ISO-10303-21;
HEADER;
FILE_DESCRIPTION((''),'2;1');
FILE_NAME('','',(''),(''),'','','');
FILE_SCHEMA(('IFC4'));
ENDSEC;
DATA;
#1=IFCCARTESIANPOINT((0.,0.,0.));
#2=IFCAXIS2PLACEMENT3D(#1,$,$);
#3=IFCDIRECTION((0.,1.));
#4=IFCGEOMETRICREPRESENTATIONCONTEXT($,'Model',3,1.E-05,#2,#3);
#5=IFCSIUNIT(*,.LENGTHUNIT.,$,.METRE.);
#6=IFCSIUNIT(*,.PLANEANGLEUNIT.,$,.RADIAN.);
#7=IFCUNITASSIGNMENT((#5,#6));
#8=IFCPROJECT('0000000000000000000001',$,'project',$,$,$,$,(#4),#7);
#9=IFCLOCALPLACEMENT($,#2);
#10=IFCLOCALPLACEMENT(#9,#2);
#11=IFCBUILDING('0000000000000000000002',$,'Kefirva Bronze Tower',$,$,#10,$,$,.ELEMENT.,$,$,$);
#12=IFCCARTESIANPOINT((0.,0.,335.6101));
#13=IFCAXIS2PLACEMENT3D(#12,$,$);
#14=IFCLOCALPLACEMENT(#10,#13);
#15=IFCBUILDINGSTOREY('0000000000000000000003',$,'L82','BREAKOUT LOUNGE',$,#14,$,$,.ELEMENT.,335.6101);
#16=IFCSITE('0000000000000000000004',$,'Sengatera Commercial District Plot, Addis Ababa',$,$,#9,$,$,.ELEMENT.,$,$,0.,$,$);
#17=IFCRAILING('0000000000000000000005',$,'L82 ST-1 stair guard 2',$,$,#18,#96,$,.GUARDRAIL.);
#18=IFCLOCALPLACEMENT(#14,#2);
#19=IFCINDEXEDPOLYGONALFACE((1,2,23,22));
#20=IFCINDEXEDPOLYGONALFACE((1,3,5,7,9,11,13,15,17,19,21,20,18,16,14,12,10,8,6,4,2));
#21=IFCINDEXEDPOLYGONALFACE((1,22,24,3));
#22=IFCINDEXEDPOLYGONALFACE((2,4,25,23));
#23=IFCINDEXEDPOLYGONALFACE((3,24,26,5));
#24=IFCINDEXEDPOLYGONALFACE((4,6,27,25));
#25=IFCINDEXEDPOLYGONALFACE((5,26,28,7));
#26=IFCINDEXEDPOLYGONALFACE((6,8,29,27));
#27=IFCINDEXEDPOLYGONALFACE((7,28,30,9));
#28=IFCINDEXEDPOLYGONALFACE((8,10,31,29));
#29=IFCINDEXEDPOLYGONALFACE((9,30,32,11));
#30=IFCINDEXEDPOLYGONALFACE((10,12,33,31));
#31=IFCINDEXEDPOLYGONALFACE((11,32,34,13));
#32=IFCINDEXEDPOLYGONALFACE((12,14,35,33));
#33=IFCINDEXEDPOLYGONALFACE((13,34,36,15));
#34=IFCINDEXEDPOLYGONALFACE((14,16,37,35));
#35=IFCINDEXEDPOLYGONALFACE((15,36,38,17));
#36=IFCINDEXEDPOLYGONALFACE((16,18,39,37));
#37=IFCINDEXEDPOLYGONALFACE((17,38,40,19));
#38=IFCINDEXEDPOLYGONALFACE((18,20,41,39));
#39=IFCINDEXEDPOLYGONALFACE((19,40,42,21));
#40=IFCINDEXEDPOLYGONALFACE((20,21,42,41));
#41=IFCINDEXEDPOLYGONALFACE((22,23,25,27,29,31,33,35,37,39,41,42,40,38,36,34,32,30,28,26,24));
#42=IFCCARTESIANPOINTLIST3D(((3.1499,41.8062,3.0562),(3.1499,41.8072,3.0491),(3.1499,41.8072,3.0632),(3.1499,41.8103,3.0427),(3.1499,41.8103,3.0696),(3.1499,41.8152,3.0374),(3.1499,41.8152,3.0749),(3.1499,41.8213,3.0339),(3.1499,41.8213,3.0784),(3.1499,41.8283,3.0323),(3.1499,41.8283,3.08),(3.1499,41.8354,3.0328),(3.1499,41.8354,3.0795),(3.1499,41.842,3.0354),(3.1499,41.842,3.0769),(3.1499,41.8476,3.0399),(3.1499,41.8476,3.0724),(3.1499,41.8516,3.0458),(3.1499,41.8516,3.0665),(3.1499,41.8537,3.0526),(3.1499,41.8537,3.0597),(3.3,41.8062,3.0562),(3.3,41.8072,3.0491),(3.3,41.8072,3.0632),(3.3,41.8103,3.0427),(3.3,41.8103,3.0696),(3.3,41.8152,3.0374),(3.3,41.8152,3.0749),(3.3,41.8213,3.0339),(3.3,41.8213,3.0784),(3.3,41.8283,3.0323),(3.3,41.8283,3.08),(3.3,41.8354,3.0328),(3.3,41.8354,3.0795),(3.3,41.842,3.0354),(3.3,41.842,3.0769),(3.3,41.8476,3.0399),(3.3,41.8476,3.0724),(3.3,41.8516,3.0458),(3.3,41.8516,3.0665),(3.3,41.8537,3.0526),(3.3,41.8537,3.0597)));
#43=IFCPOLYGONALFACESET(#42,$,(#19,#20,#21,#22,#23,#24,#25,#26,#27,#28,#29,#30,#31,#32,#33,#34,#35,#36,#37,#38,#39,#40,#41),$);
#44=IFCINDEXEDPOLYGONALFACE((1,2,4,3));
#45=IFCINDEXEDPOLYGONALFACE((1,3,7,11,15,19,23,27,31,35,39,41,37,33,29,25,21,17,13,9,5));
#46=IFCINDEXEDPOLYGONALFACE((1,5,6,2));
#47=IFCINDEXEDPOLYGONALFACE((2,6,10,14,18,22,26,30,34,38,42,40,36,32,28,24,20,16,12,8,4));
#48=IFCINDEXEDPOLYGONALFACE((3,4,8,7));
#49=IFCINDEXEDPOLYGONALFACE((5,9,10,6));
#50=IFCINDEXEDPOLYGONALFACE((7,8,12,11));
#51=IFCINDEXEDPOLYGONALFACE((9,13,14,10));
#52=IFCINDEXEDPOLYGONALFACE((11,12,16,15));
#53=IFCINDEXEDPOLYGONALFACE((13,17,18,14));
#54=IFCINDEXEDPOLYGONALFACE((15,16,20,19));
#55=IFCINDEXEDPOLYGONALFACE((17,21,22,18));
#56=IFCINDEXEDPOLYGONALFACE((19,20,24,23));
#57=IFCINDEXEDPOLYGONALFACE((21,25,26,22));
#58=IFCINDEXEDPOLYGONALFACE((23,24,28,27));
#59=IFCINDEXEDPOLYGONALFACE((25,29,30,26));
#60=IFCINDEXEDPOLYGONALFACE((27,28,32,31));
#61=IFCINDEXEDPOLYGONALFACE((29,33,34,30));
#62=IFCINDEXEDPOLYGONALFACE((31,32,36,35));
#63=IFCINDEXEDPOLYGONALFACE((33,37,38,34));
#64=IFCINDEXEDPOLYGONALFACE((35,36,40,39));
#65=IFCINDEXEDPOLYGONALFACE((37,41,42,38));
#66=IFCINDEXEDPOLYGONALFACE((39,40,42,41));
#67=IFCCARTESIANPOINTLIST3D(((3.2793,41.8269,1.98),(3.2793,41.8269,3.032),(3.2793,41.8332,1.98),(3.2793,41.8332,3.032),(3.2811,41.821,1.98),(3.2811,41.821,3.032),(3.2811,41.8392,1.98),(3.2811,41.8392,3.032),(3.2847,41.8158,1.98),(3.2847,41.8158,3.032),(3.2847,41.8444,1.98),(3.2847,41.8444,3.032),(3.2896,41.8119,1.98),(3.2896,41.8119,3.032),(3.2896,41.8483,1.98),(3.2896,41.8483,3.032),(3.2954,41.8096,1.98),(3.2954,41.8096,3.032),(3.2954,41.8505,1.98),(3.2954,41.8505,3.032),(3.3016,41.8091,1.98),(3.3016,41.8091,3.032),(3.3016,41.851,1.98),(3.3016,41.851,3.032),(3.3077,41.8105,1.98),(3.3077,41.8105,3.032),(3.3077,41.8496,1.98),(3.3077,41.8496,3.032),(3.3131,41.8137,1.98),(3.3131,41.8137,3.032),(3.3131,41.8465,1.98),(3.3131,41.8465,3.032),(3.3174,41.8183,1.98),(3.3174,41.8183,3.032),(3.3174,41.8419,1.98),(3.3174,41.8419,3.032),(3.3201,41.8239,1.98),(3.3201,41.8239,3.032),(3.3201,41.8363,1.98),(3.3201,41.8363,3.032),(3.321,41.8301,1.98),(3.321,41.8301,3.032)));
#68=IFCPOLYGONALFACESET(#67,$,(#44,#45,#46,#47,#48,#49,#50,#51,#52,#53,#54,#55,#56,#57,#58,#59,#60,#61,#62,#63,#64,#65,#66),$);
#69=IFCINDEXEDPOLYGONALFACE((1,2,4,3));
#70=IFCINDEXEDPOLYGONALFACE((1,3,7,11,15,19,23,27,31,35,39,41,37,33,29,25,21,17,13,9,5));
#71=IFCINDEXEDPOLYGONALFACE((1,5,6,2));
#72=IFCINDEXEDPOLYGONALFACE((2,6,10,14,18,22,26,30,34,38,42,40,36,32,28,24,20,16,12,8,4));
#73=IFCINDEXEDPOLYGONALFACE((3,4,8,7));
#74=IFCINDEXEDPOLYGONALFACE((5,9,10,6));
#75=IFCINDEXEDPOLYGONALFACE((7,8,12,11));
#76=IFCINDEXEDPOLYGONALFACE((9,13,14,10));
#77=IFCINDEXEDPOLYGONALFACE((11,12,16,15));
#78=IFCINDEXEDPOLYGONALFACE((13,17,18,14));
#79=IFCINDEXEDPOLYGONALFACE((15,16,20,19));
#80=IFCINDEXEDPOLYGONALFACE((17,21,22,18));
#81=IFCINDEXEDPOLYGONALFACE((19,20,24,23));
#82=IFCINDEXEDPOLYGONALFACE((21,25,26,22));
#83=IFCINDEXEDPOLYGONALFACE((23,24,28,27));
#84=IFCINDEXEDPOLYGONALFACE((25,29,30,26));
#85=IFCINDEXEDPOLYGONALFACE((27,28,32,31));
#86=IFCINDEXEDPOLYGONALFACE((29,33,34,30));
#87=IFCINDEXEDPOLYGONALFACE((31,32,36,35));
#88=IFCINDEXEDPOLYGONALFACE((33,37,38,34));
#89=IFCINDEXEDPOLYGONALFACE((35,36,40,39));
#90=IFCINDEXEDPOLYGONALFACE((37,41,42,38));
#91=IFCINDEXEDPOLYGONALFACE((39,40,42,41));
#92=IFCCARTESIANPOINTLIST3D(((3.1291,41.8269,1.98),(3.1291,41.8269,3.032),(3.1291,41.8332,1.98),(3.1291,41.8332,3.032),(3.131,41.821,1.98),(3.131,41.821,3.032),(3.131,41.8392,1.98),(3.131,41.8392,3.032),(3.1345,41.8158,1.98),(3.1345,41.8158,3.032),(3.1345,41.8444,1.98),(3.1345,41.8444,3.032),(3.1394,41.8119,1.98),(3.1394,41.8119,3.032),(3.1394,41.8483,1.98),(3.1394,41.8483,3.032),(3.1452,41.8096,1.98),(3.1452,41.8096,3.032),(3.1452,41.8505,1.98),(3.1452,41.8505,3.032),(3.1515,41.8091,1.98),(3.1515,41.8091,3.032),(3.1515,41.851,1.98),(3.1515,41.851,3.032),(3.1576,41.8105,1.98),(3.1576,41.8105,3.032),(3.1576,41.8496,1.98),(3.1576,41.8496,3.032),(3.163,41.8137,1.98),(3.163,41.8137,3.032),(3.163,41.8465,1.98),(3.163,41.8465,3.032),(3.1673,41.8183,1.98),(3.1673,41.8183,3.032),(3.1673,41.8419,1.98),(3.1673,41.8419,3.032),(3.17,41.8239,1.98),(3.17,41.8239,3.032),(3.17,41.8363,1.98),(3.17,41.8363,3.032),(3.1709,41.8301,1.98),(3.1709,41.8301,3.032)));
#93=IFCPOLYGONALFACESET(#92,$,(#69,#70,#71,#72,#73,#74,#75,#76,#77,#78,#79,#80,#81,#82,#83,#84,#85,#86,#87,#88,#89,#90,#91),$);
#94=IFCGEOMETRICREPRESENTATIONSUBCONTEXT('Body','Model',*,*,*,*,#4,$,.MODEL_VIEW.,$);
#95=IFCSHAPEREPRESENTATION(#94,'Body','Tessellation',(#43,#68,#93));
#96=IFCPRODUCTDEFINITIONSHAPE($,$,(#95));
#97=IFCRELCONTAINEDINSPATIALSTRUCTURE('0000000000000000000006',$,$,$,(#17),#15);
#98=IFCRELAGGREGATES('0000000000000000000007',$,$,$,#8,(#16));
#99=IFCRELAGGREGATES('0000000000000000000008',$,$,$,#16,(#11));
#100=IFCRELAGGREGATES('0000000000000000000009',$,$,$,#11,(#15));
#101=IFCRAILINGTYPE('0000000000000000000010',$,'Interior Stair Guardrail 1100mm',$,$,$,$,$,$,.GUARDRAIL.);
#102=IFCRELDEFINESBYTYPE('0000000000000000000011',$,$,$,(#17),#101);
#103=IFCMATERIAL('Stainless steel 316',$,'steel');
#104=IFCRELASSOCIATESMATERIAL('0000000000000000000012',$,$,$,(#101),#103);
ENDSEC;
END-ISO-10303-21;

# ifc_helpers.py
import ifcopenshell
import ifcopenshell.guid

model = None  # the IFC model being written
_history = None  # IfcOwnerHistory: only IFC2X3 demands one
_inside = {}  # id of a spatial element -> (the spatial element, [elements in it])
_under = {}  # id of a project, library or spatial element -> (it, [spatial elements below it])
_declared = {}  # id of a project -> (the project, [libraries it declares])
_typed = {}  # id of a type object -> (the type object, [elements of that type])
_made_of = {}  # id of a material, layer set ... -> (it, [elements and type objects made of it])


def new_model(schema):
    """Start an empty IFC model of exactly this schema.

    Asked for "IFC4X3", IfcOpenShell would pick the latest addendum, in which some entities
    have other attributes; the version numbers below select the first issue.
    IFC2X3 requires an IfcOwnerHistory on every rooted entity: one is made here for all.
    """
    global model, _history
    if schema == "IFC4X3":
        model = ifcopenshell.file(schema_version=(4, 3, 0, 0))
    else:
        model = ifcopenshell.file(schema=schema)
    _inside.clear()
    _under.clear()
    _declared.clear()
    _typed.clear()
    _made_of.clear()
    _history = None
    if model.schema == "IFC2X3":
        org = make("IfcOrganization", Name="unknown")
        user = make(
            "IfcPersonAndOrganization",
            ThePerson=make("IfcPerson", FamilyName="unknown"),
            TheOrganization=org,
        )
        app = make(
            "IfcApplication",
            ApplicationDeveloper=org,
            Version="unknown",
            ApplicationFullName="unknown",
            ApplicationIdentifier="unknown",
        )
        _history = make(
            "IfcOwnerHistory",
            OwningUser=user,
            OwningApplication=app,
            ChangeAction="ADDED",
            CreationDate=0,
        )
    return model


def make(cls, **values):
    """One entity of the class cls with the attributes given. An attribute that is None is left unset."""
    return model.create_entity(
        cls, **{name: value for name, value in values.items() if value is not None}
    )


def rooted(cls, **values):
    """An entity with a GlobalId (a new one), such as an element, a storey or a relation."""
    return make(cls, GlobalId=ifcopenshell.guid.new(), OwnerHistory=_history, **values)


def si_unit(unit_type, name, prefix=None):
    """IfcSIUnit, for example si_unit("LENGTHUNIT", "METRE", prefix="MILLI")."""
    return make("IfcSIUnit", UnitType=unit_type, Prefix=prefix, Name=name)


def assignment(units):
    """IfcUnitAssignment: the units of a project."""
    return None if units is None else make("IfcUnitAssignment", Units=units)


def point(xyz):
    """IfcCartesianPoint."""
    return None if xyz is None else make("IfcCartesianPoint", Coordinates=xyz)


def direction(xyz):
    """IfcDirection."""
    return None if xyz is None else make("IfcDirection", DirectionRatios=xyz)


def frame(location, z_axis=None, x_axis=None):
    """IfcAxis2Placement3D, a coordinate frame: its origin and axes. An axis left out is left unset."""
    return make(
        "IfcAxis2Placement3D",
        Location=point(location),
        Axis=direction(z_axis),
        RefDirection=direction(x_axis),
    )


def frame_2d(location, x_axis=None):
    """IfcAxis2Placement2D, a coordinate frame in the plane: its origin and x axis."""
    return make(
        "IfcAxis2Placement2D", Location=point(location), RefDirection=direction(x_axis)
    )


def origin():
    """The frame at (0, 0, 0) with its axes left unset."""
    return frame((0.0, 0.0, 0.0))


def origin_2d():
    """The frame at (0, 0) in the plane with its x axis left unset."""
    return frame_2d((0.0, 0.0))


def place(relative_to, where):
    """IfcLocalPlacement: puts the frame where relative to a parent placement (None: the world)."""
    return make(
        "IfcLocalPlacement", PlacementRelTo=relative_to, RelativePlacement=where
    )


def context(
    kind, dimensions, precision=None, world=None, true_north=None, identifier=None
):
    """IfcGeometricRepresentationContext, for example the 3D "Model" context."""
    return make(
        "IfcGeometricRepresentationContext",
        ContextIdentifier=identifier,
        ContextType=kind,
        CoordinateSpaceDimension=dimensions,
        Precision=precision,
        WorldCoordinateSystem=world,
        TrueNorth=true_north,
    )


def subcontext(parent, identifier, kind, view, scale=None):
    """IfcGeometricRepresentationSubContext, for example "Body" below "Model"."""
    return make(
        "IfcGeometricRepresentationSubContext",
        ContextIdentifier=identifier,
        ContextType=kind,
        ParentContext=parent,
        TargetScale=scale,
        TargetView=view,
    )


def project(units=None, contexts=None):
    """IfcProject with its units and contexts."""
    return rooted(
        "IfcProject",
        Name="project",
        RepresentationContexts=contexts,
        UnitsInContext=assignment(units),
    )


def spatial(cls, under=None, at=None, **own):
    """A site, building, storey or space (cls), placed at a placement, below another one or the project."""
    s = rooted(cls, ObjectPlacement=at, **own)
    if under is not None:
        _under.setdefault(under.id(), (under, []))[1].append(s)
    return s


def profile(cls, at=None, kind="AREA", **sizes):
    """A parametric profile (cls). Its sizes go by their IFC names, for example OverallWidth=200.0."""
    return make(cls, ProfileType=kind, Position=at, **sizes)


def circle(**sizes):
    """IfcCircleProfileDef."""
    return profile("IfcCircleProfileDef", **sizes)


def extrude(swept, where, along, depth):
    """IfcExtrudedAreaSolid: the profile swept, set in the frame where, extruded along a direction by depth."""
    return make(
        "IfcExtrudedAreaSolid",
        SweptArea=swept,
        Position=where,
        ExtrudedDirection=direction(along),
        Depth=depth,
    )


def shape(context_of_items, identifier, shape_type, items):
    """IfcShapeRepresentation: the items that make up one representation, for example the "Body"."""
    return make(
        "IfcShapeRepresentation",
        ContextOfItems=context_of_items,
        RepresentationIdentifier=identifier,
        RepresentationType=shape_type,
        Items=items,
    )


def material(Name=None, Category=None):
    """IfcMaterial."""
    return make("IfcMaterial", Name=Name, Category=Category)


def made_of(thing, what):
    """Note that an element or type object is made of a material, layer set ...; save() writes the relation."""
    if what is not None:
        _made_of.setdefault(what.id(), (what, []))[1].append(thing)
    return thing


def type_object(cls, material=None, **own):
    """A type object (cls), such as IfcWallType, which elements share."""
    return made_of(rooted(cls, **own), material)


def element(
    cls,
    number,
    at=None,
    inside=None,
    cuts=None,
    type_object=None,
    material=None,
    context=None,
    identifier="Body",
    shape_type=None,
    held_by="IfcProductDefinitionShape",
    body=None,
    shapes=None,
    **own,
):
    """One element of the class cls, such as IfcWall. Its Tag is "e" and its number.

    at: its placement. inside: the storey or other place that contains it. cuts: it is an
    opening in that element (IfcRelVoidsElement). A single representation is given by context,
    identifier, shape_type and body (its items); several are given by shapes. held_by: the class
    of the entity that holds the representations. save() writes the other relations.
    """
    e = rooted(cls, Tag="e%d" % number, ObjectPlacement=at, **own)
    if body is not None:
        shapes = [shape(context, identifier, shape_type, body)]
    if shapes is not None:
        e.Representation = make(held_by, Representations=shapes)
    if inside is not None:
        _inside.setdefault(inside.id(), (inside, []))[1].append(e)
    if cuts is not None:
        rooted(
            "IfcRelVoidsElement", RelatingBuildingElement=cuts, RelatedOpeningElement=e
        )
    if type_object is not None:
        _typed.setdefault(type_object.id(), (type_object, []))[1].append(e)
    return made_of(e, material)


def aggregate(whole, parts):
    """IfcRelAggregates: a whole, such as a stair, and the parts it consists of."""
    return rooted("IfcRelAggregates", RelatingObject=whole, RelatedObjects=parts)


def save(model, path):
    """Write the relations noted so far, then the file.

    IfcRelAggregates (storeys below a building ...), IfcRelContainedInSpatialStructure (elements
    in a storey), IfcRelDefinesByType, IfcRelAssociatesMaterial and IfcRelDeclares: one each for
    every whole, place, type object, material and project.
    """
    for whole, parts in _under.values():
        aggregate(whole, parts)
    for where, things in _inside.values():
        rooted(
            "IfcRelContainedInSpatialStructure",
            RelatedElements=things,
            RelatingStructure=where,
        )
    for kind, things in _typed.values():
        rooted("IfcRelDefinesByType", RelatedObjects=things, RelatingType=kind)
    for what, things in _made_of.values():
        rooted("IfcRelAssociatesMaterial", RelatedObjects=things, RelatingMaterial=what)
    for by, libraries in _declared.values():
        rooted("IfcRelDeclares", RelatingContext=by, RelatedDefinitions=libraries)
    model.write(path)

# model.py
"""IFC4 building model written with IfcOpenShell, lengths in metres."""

from ifc_helpers import new_model, si_unit, direction, frame, origin, origin_2d, place, context, subcontext, project, spatial, circle, extrude, material, type_object, element, save


model = new_model("IFC4")

# Units and contexts
model_context = context("Model", 3, precision=1e-05, world=origin(), true_north=direction((0.0, 1.0)))
body_context = subcontext(model_context, "Body", "Model", "MODEL_VIEW")
ifc_project = project(units=[si_unit("LENGTHUNIT", "METRE"), si_unit("PLANEANGLEUNIT", "RADIAN")], contexts=[model_context])

# Site, building, storey
site_placement = place(None, origin())
site = spatial("IfcSite", under=ifc_project, at=site_placement, Name="Sengatera Commercial District Plot, Addis Ababa", CompositionType="ELEMENT", RefElevation=0.0)
building_placement = place(site_placement, origin())
building = spatial("IfcBuilding", under=site, at=building_placement, Name="Kefirva Bronze Tower", CompositionType="ELEMENT")
storey_placement = place(building_placement, frame((0.0, 0.0, 335.6101)))
storey = spatial("IfcBuildingStorey", under=building, at=storey_placement, Name="L82", Description="BREAKOUT LOUNGE", CompositionType="ELEMENT", Elevation=335.6101)

# Railing
ifc_material_1 = material(Name="Stainless steel 316", Category="steel")
railing_type_1 = type_object("IfcRailingType", Name="Interior Stair Guardrail 1100mm", PredefinedType="GUARDRAIL", material=ifc_material_1)
railing_1_placement = place(storey_placement, frame((3.3, 41.8301, 1.98)))
element("IfcRailing", 1, at=railing_1_placement, inside=storey, type_object=railing_type_1, Name="L82 ST-1 stair guard 2", PredefinedType="GUARDRAIL", context=body_context, shape_type="SweptSolid", body=[
    extrude(circle(Radius=0.0239, at=origin_2d()), frame((0.0, 0.0, 1.0762), z_axis=(-1.0, 0.0, 0.0), x_axis=(0.0, -1.0, 0.0)), (0.0, 0.0, 1.0), 0.1501),
    extrude(circle(Radius=0.021, at=origin_2d()), origin(), (0.0, 0.0, 1.0), 1.052),
    extrude(circle(Radius=0.021, at=origin_2d()), frame((-0.1501, 0.0, 0.0)), (0.0, 0.0, 1.0), 1.052),
])

save(model, "model.ifc")
